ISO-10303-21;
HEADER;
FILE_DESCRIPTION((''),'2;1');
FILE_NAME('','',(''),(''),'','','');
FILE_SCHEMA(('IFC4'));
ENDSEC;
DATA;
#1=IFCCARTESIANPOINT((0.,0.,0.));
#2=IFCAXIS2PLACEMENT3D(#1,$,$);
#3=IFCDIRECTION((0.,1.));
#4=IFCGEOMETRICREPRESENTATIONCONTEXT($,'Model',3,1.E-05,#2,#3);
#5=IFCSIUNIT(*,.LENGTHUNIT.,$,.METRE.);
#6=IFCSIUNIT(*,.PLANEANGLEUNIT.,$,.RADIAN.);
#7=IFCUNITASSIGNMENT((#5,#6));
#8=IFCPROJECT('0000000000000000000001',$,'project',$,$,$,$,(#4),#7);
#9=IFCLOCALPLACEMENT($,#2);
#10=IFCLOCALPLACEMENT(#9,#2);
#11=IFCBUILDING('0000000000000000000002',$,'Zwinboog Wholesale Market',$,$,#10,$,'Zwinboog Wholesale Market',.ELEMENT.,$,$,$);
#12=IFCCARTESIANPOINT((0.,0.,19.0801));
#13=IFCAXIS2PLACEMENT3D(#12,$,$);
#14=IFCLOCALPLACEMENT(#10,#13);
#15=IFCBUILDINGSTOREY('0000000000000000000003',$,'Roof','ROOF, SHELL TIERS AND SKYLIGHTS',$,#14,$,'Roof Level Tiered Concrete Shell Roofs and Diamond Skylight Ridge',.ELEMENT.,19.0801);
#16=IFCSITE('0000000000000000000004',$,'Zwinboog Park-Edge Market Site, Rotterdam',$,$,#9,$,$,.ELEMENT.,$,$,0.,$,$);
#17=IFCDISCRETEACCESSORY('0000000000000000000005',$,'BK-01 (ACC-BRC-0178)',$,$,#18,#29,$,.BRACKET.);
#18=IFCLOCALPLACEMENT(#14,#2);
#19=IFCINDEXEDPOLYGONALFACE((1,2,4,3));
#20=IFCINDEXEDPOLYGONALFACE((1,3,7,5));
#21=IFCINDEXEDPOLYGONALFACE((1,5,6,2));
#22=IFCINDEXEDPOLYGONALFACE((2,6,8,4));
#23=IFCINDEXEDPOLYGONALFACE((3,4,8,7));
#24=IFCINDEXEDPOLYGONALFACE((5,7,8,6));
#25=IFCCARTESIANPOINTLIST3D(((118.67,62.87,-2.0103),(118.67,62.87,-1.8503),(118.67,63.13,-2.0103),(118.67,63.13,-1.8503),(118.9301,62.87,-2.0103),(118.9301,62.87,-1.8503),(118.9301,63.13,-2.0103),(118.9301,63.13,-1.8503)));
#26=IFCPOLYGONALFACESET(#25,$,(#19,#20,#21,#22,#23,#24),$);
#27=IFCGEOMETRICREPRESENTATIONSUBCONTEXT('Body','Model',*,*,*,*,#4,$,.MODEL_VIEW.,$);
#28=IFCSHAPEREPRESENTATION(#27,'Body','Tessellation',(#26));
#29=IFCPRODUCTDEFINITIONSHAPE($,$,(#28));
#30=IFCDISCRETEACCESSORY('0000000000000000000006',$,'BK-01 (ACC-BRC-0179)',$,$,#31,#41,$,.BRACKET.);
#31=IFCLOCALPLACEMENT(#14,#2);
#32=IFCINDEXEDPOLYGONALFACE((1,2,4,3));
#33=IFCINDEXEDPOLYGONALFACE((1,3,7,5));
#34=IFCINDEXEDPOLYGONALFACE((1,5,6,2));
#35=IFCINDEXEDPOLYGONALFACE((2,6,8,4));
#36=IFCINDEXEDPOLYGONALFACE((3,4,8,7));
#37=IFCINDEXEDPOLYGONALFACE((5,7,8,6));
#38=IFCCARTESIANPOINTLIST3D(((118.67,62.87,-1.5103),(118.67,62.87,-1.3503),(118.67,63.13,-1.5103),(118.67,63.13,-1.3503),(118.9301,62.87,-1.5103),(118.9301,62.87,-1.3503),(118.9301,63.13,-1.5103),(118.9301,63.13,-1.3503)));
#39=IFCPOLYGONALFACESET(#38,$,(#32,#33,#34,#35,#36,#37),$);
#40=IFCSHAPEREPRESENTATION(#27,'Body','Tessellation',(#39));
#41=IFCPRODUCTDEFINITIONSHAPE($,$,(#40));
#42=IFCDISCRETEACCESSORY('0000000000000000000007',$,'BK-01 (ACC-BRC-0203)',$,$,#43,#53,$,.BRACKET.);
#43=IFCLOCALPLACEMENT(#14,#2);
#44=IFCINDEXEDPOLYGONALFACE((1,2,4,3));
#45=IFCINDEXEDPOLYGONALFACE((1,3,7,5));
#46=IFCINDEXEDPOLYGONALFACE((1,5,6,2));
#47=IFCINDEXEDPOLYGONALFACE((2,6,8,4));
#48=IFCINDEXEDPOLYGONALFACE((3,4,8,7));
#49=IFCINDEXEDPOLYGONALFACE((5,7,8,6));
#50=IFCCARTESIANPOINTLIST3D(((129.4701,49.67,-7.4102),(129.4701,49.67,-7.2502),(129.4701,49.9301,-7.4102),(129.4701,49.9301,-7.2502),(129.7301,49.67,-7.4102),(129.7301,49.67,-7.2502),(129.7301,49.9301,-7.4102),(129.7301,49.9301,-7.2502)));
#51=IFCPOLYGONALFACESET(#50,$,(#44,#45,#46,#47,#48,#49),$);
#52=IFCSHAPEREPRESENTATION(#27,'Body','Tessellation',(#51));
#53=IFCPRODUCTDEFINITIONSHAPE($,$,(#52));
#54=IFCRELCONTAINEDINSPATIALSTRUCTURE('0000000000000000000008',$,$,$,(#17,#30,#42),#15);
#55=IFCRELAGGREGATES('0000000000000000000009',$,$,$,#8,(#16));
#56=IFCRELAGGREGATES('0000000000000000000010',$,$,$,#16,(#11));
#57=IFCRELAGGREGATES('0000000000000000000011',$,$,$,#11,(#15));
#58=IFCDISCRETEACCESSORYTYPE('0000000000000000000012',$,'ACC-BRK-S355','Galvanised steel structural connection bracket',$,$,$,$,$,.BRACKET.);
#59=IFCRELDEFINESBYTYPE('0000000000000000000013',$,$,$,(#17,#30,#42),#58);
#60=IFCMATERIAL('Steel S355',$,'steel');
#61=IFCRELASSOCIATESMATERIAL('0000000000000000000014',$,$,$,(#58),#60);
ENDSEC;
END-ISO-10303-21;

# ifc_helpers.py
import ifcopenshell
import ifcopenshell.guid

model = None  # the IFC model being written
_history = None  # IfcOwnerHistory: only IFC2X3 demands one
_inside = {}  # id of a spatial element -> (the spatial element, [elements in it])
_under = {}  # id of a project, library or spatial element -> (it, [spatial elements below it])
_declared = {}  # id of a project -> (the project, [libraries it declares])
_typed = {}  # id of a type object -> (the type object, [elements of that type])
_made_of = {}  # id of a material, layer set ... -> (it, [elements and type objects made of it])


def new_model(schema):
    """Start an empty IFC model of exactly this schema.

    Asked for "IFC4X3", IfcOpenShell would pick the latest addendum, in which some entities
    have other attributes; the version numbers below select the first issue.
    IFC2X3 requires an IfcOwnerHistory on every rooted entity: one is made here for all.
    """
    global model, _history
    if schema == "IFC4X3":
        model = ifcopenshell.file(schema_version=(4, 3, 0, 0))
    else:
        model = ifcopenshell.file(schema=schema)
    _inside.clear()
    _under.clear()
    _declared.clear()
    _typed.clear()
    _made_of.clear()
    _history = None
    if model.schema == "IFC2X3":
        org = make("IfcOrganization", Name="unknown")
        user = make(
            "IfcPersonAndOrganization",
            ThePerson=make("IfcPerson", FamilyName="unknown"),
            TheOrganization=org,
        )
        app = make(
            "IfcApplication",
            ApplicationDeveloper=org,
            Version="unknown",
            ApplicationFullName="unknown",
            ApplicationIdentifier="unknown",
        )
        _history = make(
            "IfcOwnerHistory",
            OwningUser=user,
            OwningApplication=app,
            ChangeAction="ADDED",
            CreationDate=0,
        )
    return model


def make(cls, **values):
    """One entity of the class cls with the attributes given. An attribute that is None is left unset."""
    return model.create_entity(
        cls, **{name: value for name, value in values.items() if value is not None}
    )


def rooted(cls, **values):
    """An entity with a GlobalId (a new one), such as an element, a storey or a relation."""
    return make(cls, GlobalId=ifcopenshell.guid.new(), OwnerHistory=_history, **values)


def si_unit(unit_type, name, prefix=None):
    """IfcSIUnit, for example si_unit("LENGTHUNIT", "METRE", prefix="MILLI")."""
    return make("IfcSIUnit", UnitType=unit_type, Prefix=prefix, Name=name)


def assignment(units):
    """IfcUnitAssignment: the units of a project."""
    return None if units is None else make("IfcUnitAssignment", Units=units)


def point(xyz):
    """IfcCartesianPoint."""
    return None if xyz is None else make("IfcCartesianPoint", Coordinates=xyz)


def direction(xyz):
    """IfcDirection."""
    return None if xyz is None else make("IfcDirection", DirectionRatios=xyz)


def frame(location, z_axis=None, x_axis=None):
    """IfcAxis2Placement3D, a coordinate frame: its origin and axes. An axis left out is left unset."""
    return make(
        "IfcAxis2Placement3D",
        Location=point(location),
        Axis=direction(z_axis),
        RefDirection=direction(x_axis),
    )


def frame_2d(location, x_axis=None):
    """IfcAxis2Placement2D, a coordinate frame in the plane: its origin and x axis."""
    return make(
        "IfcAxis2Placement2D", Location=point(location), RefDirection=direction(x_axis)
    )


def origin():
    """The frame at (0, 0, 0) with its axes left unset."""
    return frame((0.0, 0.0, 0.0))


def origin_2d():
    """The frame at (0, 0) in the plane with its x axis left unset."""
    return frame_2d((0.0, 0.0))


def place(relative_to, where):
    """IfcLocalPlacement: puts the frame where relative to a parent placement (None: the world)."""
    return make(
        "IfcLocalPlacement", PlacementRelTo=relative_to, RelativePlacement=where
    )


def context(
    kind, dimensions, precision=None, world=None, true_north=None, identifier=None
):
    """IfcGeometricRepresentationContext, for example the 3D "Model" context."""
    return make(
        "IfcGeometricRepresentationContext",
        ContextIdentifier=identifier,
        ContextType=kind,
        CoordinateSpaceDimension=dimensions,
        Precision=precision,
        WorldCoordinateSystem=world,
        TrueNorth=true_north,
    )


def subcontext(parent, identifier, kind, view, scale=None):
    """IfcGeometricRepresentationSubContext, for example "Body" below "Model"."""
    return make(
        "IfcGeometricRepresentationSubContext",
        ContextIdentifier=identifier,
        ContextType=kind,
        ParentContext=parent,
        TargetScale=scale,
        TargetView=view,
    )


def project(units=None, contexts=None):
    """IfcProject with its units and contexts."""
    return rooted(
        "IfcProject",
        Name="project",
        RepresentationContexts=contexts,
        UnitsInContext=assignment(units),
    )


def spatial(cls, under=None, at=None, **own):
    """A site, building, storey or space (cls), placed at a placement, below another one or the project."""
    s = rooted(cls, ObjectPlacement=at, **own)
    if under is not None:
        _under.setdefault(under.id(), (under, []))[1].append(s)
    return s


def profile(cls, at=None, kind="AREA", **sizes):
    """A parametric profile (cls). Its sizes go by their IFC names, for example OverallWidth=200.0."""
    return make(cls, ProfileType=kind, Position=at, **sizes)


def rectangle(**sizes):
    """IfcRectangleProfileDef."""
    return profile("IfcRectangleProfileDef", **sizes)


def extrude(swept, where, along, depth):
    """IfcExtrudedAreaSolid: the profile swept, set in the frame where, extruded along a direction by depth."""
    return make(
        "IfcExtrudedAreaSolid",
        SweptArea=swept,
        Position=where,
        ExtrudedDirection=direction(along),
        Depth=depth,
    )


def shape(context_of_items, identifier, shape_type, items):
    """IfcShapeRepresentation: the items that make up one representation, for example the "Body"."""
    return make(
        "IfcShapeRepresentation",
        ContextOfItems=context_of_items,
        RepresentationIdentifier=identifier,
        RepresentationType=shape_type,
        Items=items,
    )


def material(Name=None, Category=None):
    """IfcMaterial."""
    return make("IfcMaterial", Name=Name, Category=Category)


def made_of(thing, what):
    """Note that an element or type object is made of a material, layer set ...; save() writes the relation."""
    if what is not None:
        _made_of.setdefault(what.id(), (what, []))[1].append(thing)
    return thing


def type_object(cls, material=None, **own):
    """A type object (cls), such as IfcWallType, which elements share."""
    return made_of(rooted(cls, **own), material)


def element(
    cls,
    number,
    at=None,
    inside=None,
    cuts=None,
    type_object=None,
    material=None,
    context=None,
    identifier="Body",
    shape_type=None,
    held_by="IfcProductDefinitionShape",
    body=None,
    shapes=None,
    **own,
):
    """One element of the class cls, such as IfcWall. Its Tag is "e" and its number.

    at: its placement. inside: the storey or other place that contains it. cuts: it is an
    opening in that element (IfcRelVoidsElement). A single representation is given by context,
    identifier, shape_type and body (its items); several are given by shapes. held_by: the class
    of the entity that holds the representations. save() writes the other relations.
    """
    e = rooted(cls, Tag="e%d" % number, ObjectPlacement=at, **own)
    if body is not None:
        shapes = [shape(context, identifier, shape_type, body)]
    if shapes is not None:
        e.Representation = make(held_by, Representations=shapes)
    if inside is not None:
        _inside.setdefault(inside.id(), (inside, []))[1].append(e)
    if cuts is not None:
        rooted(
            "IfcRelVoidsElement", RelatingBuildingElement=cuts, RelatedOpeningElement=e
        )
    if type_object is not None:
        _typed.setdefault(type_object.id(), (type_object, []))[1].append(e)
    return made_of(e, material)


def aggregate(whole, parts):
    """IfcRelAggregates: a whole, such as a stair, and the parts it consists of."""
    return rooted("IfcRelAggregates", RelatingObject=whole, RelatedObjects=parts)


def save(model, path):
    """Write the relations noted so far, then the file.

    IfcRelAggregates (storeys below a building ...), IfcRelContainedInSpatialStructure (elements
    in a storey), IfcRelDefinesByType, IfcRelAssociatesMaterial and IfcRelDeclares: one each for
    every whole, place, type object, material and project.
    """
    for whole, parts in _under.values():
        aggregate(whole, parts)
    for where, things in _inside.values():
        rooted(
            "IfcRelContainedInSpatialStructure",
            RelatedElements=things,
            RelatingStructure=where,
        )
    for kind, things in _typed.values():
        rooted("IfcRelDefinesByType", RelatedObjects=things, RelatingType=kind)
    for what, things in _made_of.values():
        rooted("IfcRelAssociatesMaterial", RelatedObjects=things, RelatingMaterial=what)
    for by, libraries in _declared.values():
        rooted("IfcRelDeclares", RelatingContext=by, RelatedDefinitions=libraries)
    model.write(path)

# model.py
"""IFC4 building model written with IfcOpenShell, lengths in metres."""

from ifc_helpers import new_model, si_unit, direction, frame, origin, origin_2d, place, context, subcontext, project, spatial, rectangle, extrude, material, type_object, element, save


model = new_model("IFC4")

# Units and contexts
model_context = context("Model", 3, precision=1e-05, world=origin(), true_north=direction((0.0, 1.0)))
body_context = subcontext(model_context, "Body", "Model", "MODEL_VIEW")
ifc_project = project(units=[si_unit("LENGTHUNIT", "METRE"), si_unit("PLANEANGLEUNIT", "RADIAN")], contexts=[model_context])

# Site, building, storey
site_placement = place(None, origin())
site = spatial("IfcSite", under=ifc_project, at=site_placement, Name="Zwinboog Park-Edge Market Site, Rotterdam", CompositionType="ELEMENT", RefElevation=0.0)
building_placement = place(site_placement, origin())
building = spatial("IfcBuilding", under=site, at=building_placement, Name="Zwinboog Wholesale Market", LongName="Zwinboog Wholesale Market", CompositionType="ELEMENT")
storey_placement = place(building_placement, frame((0.0, 0.0, 19.0801)))
storey = spatial("IfcBuildingStorey", under=building, at=storey_placement, Name="Roof", Description="ROOF, SHELL TIERS AND SKYLIGHTS", LongName="Roof Level Tiered Concrete Shell Roofs and Diamond Skylight Ridge", CompositionType="ELEMENT", Elevation=19.0801)

# Shared definitions
ifc_material_1 = material(Name="Steel S355", Category="steel")

# Discrete accessories
discrete_accessory_type = type_object("IfcDiscreteAccessoryType", Name="ACC-BRK-S355", Description="Galvanised steel structural connection bracket", PredefinedType="BRACKET", material=ifc_material_1)
for number, where, z_axis, x_axis, name in (
    (1, (118.8, 63.0, -2.0103), (0.0, 0.0, 1.0), (1.0, 0.0, 0.0), "BK-01 (ACC-BRC-0178)"),
    (2, (118.8, 63.0, -1.5103), (0.0, 0.0, 1.0), (1.0, 0.0, 0.0), "BK-01 (ACC-BRC-0179)"),
    (3, (129.6001, 49.8, -7.4102), (0.0, 0.0, 1.0), (1.0, 0.0, 0.0), "BK-01 (ACC-BRC-0203)"),
):
    element("IfcDiscreteAccessory", number, at=place(storey_placement, frame(where, z_axis=z_axis, x_axis=x_axis)), inside=storey, type_object=discrete_accessory_type, Name=name, PredefinedType="BRACKET", context=body_context, shape_type="SweptSolid", body=[
        extrude(rectangle(XDim=0.26, YDim=0.26, at=origin_2d()), origin(), (0.0, 0.0, 1.0), 0.1599),
    ])

save(model, "model.ifc")
